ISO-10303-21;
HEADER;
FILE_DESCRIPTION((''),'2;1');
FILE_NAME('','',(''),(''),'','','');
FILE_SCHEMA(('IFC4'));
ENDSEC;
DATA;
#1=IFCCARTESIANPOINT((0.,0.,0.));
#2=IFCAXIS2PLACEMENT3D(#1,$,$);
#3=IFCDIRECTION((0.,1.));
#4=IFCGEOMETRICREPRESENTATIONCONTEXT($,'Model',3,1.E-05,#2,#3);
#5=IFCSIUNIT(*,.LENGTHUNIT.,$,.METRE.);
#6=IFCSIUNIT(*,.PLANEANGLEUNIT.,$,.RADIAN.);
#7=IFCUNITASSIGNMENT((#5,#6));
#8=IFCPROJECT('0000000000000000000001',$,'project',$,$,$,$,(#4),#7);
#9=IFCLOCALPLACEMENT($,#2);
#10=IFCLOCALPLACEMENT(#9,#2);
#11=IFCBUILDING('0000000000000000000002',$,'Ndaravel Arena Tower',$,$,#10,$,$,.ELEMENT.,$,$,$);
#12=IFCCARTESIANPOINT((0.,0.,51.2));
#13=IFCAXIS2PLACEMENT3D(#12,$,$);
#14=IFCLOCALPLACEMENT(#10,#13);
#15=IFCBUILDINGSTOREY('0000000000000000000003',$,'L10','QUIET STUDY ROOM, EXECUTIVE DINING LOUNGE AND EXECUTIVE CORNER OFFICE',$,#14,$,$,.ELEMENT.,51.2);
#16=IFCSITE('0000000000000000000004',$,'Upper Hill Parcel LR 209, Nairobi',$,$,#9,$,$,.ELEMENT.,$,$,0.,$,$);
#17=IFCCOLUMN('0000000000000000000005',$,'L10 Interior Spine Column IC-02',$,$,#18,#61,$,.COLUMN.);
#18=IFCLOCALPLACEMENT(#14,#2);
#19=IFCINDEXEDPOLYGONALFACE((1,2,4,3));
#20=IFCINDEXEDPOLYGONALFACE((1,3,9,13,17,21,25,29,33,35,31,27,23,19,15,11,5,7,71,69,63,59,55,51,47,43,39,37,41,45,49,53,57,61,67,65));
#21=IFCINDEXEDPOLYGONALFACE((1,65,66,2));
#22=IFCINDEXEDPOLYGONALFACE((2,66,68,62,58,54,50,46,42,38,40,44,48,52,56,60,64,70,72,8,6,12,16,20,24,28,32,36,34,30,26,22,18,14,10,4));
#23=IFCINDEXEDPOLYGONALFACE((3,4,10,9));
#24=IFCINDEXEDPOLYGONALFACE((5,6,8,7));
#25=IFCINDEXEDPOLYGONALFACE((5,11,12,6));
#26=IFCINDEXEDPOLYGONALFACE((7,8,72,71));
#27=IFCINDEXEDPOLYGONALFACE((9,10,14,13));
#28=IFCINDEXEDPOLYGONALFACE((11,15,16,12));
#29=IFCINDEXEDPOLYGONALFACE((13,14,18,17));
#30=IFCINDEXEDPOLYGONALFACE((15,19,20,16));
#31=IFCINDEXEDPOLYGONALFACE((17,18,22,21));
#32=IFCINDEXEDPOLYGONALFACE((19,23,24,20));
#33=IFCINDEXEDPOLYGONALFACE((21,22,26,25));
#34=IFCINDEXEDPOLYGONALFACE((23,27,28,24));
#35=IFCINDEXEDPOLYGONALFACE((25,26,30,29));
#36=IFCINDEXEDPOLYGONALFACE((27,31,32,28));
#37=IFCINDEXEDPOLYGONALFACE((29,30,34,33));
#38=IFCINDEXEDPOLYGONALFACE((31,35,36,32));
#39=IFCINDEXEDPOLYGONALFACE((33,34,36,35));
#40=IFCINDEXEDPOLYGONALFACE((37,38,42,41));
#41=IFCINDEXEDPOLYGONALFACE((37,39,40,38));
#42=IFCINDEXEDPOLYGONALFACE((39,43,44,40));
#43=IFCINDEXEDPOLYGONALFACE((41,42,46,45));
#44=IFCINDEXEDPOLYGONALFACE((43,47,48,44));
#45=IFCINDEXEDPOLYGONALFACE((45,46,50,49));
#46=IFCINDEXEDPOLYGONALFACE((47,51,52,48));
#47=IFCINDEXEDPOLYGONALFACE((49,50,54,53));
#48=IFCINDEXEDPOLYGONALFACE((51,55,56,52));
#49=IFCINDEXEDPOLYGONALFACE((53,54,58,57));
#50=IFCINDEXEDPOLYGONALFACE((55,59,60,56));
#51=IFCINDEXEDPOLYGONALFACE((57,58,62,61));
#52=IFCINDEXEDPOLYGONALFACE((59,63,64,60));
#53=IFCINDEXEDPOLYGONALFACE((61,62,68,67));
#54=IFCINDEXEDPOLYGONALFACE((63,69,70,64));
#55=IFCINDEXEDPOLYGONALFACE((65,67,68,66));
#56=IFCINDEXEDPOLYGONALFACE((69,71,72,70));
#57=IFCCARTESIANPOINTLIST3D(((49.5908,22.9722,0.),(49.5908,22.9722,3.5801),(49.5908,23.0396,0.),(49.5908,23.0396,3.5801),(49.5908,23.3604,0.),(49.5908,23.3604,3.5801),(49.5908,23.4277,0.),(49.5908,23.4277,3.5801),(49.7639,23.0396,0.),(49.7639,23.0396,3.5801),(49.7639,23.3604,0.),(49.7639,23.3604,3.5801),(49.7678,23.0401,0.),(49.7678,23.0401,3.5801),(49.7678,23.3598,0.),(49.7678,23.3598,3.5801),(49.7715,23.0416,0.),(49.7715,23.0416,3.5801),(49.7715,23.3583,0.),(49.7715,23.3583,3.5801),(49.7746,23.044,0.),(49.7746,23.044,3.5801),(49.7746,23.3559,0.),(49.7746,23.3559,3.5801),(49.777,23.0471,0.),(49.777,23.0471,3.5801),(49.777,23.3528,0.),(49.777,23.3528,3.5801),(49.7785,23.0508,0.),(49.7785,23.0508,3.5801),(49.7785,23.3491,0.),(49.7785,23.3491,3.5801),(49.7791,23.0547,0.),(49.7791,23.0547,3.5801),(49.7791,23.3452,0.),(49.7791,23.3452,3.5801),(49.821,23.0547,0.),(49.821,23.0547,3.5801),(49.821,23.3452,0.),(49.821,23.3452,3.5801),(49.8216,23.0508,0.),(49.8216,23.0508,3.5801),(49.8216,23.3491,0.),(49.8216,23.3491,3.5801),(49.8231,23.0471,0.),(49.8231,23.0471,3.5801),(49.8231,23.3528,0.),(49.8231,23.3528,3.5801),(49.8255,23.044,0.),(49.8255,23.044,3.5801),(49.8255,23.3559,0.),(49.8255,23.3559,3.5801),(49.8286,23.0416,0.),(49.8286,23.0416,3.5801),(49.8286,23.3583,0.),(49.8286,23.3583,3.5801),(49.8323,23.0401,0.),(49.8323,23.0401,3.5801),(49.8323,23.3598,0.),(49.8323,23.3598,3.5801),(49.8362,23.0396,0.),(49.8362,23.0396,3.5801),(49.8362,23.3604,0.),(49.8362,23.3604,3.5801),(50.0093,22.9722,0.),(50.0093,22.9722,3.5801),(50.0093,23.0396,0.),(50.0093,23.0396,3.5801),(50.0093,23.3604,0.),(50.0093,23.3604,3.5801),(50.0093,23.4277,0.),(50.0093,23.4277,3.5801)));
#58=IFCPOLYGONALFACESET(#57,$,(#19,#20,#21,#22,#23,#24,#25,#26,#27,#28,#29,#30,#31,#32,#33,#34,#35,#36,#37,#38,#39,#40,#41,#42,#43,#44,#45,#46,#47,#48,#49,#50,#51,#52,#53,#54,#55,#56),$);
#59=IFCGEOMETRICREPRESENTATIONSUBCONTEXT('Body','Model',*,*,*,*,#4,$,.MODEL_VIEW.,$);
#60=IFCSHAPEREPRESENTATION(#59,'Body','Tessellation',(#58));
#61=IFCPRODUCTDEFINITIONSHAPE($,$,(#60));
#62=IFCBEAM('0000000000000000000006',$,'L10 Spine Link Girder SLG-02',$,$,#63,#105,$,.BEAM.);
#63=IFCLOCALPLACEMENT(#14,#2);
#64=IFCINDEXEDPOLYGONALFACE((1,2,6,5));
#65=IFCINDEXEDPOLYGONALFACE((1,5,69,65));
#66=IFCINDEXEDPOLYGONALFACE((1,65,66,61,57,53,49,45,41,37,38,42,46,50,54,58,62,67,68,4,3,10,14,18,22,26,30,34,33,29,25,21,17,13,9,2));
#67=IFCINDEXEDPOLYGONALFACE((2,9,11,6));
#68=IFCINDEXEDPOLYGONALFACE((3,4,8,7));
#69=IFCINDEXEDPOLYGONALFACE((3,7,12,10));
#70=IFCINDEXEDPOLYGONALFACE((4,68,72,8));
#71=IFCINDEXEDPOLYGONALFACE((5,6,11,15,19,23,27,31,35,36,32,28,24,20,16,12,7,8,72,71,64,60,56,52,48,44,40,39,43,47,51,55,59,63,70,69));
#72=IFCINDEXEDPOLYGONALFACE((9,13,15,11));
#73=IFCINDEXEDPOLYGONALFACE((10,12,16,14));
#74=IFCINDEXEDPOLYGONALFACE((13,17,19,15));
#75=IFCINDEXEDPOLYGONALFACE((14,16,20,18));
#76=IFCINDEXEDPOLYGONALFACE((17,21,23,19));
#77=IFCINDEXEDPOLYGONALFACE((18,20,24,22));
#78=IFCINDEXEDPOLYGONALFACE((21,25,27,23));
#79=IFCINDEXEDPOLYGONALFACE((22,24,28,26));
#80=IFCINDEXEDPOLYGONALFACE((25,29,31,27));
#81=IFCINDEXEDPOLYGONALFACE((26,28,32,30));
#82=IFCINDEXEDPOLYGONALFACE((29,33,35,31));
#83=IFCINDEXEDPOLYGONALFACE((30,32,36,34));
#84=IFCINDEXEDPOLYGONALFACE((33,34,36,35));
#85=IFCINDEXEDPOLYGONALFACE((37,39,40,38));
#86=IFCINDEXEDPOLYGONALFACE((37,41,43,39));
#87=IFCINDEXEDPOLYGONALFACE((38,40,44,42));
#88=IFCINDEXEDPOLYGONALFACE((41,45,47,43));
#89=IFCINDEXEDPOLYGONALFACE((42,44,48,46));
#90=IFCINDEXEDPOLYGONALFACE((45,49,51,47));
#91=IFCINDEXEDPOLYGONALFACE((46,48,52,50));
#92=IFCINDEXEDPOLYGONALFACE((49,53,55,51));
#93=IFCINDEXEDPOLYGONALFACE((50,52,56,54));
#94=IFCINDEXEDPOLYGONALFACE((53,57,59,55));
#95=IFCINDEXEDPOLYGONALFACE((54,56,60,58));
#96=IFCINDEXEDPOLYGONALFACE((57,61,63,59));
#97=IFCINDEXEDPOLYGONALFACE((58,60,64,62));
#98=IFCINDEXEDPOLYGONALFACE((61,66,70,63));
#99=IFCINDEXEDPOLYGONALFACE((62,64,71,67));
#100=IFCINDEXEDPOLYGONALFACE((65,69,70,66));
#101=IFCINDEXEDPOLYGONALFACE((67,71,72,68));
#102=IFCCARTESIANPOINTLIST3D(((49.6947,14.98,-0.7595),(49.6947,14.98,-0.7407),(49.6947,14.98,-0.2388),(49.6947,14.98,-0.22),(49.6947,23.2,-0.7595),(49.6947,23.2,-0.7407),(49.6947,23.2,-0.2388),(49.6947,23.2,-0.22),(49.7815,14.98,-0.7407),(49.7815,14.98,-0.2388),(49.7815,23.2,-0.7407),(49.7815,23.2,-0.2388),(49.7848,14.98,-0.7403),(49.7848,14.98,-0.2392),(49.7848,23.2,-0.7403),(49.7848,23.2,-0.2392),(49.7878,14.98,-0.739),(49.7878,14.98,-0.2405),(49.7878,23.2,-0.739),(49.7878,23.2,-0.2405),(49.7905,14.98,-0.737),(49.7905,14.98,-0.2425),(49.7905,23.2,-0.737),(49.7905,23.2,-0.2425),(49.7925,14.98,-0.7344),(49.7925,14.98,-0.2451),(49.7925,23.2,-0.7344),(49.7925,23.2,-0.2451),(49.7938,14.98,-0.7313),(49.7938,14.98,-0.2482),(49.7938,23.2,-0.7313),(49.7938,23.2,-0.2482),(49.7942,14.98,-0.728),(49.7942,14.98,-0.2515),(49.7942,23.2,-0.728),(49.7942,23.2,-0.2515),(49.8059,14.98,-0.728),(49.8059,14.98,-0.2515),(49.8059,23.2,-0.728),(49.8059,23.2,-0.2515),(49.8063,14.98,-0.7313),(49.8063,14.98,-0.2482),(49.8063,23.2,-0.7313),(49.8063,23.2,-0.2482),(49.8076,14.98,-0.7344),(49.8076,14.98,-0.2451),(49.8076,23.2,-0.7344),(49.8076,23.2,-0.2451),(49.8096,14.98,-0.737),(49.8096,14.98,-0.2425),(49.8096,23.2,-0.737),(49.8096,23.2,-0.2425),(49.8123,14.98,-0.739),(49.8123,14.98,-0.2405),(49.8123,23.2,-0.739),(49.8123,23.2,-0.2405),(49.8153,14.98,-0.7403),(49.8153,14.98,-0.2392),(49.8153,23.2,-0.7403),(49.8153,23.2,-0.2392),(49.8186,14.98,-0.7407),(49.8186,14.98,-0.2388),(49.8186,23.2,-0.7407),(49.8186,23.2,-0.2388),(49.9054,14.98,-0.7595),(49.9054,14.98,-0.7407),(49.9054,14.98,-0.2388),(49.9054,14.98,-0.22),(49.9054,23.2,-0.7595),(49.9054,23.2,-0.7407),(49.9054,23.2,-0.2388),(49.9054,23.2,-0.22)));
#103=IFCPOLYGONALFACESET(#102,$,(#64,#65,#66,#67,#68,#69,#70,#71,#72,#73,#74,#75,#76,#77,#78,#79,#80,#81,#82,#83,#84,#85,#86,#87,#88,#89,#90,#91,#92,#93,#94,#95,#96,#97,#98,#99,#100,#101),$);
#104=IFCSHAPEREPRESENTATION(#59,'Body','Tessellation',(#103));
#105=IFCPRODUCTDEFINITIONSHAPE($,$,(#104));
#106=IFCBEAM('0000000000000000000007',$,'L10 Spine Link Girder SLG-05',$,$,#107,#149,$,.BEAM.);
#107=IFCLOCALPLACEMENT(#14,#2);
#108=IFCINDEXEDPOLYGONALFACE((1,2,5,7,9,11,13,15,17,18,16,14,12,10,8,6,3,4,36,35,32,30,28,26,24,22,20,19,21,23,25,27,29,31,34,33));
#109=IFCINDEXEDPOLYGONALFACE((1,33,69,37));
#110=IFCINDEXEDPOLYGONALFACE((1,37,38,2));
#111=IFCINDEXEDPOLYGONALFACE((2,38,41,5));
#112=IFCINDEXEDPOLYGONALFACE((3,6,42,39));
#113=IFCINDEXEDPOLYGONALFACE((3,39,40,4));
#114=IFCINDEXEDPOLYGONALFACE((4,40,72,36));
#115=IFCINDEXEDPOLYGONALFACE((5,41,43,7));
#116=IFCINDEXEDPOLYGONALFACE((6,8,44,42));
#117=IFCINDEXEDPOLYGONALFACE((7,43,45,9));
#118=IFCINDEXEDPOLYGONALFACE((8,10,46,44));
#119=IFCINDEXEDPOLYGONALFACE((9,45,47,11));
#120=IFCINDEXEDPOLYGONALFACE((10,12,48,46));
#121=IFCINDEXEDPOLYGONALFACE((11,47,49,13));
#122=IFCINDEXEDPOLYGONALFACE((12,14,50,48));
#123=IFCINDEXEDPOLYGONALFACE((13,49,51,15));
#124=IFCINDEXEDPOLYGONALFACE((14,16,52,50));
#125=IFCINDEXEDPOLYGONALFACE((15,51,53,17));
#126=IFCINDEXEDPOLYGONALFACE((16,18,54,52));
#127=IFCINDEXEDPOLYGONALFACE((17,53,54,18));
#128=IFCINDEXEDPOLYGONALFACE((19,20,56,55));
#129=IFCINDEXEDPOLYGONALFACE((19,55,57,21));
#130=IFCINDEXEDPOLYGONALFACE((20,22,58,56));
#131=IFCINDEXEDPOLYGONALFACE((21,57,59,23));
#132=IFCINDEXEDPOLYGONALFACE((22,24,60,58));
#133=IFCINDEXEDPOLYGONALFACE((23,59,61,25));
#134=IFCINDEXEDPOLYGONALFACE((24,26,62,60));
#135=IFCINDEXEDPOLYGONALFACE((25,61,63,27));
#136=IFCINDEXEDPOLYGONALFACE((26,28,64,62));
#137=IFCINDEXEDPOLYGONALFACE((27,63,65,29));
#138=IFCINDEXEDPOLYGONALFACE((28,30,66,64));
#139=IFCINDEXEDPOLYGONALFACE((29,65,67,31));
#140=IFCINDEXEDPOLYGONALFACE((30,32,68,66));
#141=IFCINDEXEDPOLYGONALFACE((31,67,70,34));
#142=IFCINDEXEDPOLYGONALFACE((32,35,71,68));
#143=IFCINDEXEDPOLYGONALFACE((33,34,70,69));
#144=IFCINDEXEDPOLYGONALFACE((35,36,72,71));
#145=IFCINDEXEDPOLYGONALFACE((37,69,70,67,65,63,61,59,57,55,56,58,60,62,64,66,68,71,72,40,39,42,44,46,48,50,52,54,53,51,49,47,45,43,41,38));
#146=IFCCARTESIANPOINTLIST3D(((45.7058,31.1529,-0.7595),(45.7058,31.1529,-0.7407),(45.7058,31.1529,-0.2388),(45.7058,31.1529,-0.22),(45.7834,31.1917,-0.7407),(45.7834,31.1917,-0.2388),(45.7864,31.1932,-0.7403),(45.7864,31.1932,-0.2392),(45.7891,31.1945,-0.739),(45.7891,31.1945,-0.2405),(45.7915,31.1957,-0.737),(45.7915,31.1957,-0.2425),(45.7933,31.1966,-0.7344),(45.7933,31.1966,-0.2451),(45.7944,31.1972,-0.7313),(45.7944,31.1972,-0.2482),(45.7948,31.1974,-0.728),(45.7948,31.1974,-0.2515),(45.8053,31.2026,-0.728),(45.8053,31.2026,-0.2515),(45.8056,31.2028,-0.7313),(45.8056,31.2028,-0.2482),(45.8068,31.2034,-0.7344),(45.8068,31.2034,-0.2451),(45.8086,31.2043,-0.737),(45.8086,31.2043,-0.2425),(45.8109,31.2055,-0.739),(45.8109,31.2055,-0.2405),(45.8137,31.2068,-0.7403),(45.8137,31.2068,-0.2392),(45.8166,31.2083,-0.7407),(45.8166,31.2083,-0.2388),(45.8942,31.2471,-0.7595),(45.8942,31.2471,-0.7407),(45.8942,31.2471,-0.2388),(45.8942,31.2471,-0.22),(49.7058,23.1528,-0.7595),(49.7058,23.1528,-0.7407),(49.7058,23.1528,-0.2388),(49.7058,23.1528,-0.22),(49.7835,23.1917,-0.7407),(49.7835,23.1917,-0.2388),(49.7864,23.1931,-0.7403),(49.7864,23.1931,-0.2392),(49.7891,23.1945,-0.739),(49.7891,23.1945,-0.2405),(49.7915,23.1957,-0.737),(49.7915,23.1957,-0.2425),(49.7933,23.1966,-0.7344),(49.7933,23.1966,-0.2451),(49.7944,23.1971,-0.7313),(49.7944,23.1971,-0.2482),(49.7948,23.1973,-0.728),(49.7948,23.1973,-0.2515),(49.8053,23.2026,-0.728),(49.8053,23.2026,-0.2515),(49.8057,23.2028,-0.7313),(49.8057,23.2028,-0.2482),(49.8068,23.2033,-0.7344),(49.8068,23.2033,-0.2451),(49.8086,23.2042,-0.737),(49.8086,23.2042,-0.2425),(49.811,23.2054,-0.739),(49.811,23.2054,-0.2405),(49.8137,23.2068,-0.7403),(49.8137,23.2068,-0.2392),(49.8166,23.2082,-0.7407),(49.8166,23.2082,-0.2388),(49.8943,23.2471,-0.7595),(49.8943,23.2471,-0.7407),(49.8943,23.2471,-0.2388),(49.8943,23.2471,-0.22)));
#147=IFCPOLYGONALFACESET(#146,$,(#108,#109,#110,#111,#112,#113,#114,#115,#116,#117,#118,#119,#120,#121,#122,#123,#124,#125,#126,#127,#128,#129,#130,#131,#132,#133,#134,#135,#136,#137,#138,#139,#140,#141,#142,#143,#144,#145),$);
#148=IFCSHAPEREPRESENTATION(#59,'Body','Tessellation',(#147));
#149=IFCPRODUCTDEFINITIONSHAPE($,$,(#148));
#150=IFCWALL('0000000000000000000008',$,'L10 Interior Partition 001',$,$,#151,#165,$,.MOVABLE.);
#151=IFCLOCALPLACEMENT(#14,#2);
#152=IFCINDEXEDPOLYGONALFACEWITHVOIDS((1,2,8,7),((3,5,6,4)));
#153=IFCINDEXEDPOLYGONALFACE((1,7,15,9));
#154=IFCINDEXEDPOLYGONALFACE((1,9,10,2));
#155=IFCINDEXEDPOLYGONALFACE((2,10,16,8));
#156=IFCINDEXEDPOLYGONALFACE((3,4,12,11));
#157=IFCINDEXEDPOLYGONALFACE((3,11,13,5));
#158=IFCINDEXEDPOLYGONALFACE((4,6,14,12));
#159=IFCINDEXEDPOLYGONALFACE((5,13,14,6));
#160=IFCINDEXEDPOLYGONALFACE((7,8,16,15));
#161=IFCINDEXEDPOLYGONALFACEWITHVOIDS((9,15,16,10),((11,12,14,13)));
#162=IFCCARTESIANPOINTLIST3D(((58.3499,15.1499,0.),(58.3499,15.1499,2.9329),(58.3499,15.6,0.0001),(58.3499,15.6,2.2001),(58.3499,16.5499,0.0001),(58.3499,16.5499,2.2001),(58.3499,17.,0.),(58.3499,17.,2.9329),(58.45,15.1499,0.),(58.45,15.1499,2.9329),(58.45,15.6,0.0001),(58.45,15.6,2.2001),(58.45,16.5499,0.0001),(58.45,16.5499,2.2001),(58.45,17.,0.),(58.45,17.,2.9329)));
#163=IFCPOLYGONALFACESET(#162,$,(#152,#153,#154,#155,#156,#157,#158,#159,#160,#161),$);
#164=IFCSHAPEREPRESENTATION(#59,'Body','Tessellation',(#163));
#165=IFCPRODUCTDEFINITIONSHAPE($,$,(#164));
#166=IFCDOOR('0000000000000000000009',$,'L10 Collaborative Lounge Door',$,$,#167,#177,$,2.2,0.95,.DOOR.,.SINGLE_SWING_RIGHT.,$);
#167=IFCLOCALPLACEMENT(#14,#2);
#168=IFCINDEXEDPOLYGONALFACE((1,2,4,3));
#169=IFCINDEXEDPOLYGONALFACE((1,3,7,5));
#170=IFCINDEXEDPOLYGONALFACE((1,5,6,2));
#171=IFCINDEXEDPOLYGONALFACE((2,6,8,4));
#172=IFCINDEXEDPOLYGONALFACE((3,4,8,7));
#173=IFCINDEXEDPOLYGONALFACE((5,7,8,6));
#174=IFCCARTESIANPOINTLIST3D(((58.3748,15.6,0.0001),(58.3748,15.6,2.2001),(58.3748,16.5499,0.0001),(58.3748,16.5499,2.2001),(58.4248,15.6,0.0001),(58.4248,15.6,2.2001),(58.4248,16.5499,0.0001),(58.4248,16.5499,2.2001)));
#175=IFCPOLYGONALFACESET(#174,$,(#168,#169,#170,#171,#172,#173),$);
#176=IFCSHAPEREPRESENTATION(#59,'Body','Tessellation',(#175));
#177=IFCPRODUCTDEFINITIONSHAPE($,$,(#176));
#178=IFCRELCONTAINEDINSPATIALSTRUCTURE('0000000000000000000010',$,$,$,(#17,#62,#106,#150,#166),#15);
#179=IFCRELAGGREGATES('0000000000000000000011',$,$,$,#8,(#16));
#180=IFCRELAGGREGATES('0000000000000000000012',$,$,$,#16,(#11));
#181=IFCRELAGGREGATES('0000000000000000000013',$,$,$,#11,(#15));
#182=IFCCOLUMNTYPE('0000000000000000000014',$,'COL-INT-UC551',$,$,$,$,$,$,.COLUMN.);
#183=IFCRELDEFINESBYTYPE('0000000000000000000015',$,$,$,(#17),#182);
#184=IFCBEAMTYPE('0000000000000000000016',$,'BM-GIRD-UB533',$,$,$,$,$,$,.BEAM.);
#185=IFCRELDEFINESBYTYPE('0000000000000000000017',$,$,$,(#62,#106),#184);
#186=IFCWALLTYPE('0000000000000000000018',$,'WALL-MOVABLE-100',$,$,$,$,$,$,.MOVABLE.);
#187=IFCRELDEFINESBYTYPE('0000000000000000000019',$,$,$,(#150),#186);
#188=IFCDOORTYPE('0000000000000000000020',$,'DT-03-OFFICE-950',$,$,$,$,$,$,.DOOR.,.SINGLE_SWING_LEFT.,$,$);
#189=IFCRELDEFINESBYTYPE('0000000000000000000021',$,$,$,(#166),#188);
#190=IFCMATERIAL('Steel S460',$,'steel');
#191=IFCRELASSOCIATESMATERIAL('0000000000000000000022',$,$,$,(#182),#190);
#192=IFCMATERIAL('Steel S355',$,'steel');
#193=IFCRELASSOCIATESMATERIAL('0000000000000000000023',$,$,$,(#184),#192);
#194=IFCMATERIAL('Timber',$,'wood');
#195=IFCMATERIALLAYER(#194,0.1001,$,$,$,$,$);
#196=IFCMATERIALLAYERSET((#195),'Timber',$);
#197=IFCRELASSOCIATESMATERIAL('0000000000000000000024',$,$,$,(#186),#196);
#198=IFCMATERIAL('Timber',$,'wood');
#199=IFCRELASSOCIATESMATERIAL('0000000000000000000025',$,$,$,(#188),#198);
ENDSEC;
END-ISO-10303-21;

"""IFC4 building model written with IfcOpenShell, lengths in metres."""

from ifc_helpers import new_model, si_unit, direction, frame, frame_2d, origin, origin_2d, place, context, subcontext, project, spatial, rectangle, i_section, extrude, material, layer, layer_set, material_profile, profile_set, type_object, element, fill, save


model = new_model("IFC4")

# Units and contexts
model_context = context("Model", 3, precision=1e-05, world=origin(), true_north=direction((0.0, 1.0)))
body_context = subcontext(model_context, "Body", "Model", "MODEL_VIEW")
ifc_project = project(units=[si_unit("LENGTHUNIT", "METRE"), si_unit("PLANEANGLEUNIT", "RADIAN")], contexts=[model_context])

# Site, building, storey
site_placement = place(None, origin())
site = spatial("IfcSite", under=ifc_project, at=site_placement, Name="Upper Hill Parcel LR 209, Nairobi", CompositionType="ELEMENT", RefElevation=0.0)
building_placement = place(site_placement, origin())
building = spatial("IfcBuilding", under=site, at=building_placement, Name="Ndaravel Arena Tower", CompositionType="ELEMENT")
storey_placement = place(building_placement, frame((0.0, 0.0, 51.2)))
storey = spatial("IfcBuildingStorey", under=building, at=storey_placement, Name="L10", Description="QUIET STUDY ROOM, EXECUTIVE DINING LOUNGE AND EXECUTIVE CORNER OFFICE", CompositionType="ELEMENT", Elevation=51.2)

# Column
ifc_material_1 = material(Name="Steel S460", Category="steel")
ifc_material_profile_1 = material_profile(ifc_material_1, i_section(OverallWidth=0.4185, OverallDepth=0.4556, WebThickness=0.042, FlangeThickness=0.0674, FilletRadius=0.0151, at=origin_2d()), Name="UC 356x406x551")
ifc_profile_set_1 = profile_set([ifc_material_profile_1], Name="Steel S460")
column_type = type_object("IfcColumnType", Name="COL-INT-UC551", PredefinedType="COLUMN", material=ifc_profile_set_1)
column_placement = place(storey_placement, frame((49.8, 23.2, 0.0), z_axis=(0.0, 0.0, 1.0), x_axis=(1.0, 0.0, 0.0)))
element("IfcColumn", 1, at=column_placement, inside=storey, type_object=column_type, Name="L10 Interior Spine Column IC-02", PredefinedType="COLUMN", context=body_context, shape_type="SweptSolid", body=[
    extrude(i_section(OverallWidth=0.4185, OverallDepth=0.4556, WebThickness=0.042, FlangeThickness=0.0674, FilletRadius=0.0151, at=origin_2d()), origin(), (0.0, 0.0, 1.0), 3.5801),
])

# Beams
ifc_material_2 = material(Name="Steel S355", Category="steel")
ifc_material_profile_2 = material_profile(ifc_material_2, i_section(OverallWidth=0.2107, OverallDepth=0.5396, WebThickness=0.0117, FlangeThickness=0.0188, FilletRadius=0.0127, at=origin_2d()), Name="UB 533x210x109")
ifc_profile_set_2 = profile_set([ifc_material_profile_2], Name="Steel S355")
beam_type = type_object("IfcBeamType", Name="BM-GIRD-UB533", PredefinedType="BEAM", material=ifc_profile_set_2)
beam_1_placement = place(storey_placement, frame((49.8, 14.98, -0.4897), z_axis=(0.0, 1.0, 0.0), x_axis=(-1.0, 0.0, 0.0)))
element("IfcBeam", 2, at=beam_1_placement, inside=storey, type_object=beam_type, Name="L10 Spine Link Girder SLG-02", PredefinedType="BEAM", context=body_context, shape_type="SweptSolid", body=[
    extrude(i_section(OverallWidth=0.2107, OverallDepth=0.5396, WebThickness=0.0117, FlangeThickness=0.0188, FilletRadius=0.0127, at=origin_2d()), origin(), (0.0, 0.0, 1.0), 8.22),
])
beam_2_placement = place(storey_placement, frame((49.8, 23.2, -0.4897), z_axis=(-0.447214, 0.894427, 0.0), x_axis=(-0.894427, -0.447214, 0.0)))
element("IfcBeam", 3, at=beam_2_placement, inside=storey, type_object=beam_type, Name="L10 Spine Link Girder SLG-05", PredefinedType="BEAM", context=body_context, shape_type="SweptSolid", body=[
    extrude(i_section(OverallWidth=0.2107, OverallDepth=0.5396, WebThickness=0.0117, FlangeThickness=0.0188, FilletRadius=0.0127, at=origin_2d()), origin(), (0.0, 0.0, 1.0), 8.9443),
])

# Wall, opening, door
ifc_material_3 = material(Name="Timber", Category="wood")
ifc_layer_1 = layer(ifc_material_3, 0.1001)
ifc_layer_set_1 = layer_set([ifc_layer_1], Name="Timber")
wall_type_1 = type_object("IfcWallType", Name="WALL-MOVABLE-100", PredefinedType="MOVABLE", material=ifc_layer_set_1)
wall_1_placement = place(storey_placement, frame((58.3999, 17.0, 0.0), z_axis=(0.0, 0.0, 1.0), x_axis=(0.0, -1.0, 0.0)))
wall_1 = element("IfcWall", 4, at=wall_1_placement, inside=storey, type_object=wall_type_1, Name="L10 Interior Partition 001", PredefinedType="MOVABLE", context=body_context, shape_type="SweptSolid", body=[
    extrude(rectangle(XDim=1.8501, YDim=0.1001, at=frame_2d((0.925, 0.0))), origin(), (0.0, 0.0, 1.0), 2.9329),
])
opening_1_placement = place(wall_1_placement, frame((0.45, 0.0, 0.0)))
opening_1 = element("IfcOpeningElement", 5, at=opening_1_placement, cuts=wall_1, PredefinedType="OPENING", context=body_context, shape_type="SweptSolid", body=[
    extrude(rectangle(XDim=0.95, YDim=2.2, at=frame_2d((0.4751, 1.1001))), frame((0.0, 0.05, 0.0), z_axis=(0.0, -1.0, 0.0), x_axis=(1.0, 0.0, 0.0)), (0.0, 0.0, 1.0), 0.1001),
])
ifc_material_4 = material(Name="Timber", Category="wood")
door_type_1 = type_object("IfcDoorType", Name="DT-03-OFFICE-950", OperationType="SINGLE_SWING_LEFT", PredefinedType="DOOR", material=ifc_material_4)
door_1_placement = place(opening_1_placement, origin())
door_1 = element("IfcDoor", 6, at=door_1_placement, inside=storey, type_object=door_type_1, Name="L10 Collaborative Lounge Door", OperationType="SINGLE_SWING_RIGHT", OverallHeight=2.2, OverallWidth=0.95, PredefinedType="DOOR", context=body_context, shape_type="SweptSolid", body=[
    extrude(rectangle(XDim=0.95, YDim=2.2, at=frame_2d((0.4751, 1.1001))), frame((0.0, 0.0249, 0.0), z_axis=(0.0, -1.0, 0.0), x_axis=(1.0, 0.0, 0.0)), (0.0, 0.0, 1.0), 0.05),
])
fill(opening_1, door_1)

save(model, "model.ifc")
